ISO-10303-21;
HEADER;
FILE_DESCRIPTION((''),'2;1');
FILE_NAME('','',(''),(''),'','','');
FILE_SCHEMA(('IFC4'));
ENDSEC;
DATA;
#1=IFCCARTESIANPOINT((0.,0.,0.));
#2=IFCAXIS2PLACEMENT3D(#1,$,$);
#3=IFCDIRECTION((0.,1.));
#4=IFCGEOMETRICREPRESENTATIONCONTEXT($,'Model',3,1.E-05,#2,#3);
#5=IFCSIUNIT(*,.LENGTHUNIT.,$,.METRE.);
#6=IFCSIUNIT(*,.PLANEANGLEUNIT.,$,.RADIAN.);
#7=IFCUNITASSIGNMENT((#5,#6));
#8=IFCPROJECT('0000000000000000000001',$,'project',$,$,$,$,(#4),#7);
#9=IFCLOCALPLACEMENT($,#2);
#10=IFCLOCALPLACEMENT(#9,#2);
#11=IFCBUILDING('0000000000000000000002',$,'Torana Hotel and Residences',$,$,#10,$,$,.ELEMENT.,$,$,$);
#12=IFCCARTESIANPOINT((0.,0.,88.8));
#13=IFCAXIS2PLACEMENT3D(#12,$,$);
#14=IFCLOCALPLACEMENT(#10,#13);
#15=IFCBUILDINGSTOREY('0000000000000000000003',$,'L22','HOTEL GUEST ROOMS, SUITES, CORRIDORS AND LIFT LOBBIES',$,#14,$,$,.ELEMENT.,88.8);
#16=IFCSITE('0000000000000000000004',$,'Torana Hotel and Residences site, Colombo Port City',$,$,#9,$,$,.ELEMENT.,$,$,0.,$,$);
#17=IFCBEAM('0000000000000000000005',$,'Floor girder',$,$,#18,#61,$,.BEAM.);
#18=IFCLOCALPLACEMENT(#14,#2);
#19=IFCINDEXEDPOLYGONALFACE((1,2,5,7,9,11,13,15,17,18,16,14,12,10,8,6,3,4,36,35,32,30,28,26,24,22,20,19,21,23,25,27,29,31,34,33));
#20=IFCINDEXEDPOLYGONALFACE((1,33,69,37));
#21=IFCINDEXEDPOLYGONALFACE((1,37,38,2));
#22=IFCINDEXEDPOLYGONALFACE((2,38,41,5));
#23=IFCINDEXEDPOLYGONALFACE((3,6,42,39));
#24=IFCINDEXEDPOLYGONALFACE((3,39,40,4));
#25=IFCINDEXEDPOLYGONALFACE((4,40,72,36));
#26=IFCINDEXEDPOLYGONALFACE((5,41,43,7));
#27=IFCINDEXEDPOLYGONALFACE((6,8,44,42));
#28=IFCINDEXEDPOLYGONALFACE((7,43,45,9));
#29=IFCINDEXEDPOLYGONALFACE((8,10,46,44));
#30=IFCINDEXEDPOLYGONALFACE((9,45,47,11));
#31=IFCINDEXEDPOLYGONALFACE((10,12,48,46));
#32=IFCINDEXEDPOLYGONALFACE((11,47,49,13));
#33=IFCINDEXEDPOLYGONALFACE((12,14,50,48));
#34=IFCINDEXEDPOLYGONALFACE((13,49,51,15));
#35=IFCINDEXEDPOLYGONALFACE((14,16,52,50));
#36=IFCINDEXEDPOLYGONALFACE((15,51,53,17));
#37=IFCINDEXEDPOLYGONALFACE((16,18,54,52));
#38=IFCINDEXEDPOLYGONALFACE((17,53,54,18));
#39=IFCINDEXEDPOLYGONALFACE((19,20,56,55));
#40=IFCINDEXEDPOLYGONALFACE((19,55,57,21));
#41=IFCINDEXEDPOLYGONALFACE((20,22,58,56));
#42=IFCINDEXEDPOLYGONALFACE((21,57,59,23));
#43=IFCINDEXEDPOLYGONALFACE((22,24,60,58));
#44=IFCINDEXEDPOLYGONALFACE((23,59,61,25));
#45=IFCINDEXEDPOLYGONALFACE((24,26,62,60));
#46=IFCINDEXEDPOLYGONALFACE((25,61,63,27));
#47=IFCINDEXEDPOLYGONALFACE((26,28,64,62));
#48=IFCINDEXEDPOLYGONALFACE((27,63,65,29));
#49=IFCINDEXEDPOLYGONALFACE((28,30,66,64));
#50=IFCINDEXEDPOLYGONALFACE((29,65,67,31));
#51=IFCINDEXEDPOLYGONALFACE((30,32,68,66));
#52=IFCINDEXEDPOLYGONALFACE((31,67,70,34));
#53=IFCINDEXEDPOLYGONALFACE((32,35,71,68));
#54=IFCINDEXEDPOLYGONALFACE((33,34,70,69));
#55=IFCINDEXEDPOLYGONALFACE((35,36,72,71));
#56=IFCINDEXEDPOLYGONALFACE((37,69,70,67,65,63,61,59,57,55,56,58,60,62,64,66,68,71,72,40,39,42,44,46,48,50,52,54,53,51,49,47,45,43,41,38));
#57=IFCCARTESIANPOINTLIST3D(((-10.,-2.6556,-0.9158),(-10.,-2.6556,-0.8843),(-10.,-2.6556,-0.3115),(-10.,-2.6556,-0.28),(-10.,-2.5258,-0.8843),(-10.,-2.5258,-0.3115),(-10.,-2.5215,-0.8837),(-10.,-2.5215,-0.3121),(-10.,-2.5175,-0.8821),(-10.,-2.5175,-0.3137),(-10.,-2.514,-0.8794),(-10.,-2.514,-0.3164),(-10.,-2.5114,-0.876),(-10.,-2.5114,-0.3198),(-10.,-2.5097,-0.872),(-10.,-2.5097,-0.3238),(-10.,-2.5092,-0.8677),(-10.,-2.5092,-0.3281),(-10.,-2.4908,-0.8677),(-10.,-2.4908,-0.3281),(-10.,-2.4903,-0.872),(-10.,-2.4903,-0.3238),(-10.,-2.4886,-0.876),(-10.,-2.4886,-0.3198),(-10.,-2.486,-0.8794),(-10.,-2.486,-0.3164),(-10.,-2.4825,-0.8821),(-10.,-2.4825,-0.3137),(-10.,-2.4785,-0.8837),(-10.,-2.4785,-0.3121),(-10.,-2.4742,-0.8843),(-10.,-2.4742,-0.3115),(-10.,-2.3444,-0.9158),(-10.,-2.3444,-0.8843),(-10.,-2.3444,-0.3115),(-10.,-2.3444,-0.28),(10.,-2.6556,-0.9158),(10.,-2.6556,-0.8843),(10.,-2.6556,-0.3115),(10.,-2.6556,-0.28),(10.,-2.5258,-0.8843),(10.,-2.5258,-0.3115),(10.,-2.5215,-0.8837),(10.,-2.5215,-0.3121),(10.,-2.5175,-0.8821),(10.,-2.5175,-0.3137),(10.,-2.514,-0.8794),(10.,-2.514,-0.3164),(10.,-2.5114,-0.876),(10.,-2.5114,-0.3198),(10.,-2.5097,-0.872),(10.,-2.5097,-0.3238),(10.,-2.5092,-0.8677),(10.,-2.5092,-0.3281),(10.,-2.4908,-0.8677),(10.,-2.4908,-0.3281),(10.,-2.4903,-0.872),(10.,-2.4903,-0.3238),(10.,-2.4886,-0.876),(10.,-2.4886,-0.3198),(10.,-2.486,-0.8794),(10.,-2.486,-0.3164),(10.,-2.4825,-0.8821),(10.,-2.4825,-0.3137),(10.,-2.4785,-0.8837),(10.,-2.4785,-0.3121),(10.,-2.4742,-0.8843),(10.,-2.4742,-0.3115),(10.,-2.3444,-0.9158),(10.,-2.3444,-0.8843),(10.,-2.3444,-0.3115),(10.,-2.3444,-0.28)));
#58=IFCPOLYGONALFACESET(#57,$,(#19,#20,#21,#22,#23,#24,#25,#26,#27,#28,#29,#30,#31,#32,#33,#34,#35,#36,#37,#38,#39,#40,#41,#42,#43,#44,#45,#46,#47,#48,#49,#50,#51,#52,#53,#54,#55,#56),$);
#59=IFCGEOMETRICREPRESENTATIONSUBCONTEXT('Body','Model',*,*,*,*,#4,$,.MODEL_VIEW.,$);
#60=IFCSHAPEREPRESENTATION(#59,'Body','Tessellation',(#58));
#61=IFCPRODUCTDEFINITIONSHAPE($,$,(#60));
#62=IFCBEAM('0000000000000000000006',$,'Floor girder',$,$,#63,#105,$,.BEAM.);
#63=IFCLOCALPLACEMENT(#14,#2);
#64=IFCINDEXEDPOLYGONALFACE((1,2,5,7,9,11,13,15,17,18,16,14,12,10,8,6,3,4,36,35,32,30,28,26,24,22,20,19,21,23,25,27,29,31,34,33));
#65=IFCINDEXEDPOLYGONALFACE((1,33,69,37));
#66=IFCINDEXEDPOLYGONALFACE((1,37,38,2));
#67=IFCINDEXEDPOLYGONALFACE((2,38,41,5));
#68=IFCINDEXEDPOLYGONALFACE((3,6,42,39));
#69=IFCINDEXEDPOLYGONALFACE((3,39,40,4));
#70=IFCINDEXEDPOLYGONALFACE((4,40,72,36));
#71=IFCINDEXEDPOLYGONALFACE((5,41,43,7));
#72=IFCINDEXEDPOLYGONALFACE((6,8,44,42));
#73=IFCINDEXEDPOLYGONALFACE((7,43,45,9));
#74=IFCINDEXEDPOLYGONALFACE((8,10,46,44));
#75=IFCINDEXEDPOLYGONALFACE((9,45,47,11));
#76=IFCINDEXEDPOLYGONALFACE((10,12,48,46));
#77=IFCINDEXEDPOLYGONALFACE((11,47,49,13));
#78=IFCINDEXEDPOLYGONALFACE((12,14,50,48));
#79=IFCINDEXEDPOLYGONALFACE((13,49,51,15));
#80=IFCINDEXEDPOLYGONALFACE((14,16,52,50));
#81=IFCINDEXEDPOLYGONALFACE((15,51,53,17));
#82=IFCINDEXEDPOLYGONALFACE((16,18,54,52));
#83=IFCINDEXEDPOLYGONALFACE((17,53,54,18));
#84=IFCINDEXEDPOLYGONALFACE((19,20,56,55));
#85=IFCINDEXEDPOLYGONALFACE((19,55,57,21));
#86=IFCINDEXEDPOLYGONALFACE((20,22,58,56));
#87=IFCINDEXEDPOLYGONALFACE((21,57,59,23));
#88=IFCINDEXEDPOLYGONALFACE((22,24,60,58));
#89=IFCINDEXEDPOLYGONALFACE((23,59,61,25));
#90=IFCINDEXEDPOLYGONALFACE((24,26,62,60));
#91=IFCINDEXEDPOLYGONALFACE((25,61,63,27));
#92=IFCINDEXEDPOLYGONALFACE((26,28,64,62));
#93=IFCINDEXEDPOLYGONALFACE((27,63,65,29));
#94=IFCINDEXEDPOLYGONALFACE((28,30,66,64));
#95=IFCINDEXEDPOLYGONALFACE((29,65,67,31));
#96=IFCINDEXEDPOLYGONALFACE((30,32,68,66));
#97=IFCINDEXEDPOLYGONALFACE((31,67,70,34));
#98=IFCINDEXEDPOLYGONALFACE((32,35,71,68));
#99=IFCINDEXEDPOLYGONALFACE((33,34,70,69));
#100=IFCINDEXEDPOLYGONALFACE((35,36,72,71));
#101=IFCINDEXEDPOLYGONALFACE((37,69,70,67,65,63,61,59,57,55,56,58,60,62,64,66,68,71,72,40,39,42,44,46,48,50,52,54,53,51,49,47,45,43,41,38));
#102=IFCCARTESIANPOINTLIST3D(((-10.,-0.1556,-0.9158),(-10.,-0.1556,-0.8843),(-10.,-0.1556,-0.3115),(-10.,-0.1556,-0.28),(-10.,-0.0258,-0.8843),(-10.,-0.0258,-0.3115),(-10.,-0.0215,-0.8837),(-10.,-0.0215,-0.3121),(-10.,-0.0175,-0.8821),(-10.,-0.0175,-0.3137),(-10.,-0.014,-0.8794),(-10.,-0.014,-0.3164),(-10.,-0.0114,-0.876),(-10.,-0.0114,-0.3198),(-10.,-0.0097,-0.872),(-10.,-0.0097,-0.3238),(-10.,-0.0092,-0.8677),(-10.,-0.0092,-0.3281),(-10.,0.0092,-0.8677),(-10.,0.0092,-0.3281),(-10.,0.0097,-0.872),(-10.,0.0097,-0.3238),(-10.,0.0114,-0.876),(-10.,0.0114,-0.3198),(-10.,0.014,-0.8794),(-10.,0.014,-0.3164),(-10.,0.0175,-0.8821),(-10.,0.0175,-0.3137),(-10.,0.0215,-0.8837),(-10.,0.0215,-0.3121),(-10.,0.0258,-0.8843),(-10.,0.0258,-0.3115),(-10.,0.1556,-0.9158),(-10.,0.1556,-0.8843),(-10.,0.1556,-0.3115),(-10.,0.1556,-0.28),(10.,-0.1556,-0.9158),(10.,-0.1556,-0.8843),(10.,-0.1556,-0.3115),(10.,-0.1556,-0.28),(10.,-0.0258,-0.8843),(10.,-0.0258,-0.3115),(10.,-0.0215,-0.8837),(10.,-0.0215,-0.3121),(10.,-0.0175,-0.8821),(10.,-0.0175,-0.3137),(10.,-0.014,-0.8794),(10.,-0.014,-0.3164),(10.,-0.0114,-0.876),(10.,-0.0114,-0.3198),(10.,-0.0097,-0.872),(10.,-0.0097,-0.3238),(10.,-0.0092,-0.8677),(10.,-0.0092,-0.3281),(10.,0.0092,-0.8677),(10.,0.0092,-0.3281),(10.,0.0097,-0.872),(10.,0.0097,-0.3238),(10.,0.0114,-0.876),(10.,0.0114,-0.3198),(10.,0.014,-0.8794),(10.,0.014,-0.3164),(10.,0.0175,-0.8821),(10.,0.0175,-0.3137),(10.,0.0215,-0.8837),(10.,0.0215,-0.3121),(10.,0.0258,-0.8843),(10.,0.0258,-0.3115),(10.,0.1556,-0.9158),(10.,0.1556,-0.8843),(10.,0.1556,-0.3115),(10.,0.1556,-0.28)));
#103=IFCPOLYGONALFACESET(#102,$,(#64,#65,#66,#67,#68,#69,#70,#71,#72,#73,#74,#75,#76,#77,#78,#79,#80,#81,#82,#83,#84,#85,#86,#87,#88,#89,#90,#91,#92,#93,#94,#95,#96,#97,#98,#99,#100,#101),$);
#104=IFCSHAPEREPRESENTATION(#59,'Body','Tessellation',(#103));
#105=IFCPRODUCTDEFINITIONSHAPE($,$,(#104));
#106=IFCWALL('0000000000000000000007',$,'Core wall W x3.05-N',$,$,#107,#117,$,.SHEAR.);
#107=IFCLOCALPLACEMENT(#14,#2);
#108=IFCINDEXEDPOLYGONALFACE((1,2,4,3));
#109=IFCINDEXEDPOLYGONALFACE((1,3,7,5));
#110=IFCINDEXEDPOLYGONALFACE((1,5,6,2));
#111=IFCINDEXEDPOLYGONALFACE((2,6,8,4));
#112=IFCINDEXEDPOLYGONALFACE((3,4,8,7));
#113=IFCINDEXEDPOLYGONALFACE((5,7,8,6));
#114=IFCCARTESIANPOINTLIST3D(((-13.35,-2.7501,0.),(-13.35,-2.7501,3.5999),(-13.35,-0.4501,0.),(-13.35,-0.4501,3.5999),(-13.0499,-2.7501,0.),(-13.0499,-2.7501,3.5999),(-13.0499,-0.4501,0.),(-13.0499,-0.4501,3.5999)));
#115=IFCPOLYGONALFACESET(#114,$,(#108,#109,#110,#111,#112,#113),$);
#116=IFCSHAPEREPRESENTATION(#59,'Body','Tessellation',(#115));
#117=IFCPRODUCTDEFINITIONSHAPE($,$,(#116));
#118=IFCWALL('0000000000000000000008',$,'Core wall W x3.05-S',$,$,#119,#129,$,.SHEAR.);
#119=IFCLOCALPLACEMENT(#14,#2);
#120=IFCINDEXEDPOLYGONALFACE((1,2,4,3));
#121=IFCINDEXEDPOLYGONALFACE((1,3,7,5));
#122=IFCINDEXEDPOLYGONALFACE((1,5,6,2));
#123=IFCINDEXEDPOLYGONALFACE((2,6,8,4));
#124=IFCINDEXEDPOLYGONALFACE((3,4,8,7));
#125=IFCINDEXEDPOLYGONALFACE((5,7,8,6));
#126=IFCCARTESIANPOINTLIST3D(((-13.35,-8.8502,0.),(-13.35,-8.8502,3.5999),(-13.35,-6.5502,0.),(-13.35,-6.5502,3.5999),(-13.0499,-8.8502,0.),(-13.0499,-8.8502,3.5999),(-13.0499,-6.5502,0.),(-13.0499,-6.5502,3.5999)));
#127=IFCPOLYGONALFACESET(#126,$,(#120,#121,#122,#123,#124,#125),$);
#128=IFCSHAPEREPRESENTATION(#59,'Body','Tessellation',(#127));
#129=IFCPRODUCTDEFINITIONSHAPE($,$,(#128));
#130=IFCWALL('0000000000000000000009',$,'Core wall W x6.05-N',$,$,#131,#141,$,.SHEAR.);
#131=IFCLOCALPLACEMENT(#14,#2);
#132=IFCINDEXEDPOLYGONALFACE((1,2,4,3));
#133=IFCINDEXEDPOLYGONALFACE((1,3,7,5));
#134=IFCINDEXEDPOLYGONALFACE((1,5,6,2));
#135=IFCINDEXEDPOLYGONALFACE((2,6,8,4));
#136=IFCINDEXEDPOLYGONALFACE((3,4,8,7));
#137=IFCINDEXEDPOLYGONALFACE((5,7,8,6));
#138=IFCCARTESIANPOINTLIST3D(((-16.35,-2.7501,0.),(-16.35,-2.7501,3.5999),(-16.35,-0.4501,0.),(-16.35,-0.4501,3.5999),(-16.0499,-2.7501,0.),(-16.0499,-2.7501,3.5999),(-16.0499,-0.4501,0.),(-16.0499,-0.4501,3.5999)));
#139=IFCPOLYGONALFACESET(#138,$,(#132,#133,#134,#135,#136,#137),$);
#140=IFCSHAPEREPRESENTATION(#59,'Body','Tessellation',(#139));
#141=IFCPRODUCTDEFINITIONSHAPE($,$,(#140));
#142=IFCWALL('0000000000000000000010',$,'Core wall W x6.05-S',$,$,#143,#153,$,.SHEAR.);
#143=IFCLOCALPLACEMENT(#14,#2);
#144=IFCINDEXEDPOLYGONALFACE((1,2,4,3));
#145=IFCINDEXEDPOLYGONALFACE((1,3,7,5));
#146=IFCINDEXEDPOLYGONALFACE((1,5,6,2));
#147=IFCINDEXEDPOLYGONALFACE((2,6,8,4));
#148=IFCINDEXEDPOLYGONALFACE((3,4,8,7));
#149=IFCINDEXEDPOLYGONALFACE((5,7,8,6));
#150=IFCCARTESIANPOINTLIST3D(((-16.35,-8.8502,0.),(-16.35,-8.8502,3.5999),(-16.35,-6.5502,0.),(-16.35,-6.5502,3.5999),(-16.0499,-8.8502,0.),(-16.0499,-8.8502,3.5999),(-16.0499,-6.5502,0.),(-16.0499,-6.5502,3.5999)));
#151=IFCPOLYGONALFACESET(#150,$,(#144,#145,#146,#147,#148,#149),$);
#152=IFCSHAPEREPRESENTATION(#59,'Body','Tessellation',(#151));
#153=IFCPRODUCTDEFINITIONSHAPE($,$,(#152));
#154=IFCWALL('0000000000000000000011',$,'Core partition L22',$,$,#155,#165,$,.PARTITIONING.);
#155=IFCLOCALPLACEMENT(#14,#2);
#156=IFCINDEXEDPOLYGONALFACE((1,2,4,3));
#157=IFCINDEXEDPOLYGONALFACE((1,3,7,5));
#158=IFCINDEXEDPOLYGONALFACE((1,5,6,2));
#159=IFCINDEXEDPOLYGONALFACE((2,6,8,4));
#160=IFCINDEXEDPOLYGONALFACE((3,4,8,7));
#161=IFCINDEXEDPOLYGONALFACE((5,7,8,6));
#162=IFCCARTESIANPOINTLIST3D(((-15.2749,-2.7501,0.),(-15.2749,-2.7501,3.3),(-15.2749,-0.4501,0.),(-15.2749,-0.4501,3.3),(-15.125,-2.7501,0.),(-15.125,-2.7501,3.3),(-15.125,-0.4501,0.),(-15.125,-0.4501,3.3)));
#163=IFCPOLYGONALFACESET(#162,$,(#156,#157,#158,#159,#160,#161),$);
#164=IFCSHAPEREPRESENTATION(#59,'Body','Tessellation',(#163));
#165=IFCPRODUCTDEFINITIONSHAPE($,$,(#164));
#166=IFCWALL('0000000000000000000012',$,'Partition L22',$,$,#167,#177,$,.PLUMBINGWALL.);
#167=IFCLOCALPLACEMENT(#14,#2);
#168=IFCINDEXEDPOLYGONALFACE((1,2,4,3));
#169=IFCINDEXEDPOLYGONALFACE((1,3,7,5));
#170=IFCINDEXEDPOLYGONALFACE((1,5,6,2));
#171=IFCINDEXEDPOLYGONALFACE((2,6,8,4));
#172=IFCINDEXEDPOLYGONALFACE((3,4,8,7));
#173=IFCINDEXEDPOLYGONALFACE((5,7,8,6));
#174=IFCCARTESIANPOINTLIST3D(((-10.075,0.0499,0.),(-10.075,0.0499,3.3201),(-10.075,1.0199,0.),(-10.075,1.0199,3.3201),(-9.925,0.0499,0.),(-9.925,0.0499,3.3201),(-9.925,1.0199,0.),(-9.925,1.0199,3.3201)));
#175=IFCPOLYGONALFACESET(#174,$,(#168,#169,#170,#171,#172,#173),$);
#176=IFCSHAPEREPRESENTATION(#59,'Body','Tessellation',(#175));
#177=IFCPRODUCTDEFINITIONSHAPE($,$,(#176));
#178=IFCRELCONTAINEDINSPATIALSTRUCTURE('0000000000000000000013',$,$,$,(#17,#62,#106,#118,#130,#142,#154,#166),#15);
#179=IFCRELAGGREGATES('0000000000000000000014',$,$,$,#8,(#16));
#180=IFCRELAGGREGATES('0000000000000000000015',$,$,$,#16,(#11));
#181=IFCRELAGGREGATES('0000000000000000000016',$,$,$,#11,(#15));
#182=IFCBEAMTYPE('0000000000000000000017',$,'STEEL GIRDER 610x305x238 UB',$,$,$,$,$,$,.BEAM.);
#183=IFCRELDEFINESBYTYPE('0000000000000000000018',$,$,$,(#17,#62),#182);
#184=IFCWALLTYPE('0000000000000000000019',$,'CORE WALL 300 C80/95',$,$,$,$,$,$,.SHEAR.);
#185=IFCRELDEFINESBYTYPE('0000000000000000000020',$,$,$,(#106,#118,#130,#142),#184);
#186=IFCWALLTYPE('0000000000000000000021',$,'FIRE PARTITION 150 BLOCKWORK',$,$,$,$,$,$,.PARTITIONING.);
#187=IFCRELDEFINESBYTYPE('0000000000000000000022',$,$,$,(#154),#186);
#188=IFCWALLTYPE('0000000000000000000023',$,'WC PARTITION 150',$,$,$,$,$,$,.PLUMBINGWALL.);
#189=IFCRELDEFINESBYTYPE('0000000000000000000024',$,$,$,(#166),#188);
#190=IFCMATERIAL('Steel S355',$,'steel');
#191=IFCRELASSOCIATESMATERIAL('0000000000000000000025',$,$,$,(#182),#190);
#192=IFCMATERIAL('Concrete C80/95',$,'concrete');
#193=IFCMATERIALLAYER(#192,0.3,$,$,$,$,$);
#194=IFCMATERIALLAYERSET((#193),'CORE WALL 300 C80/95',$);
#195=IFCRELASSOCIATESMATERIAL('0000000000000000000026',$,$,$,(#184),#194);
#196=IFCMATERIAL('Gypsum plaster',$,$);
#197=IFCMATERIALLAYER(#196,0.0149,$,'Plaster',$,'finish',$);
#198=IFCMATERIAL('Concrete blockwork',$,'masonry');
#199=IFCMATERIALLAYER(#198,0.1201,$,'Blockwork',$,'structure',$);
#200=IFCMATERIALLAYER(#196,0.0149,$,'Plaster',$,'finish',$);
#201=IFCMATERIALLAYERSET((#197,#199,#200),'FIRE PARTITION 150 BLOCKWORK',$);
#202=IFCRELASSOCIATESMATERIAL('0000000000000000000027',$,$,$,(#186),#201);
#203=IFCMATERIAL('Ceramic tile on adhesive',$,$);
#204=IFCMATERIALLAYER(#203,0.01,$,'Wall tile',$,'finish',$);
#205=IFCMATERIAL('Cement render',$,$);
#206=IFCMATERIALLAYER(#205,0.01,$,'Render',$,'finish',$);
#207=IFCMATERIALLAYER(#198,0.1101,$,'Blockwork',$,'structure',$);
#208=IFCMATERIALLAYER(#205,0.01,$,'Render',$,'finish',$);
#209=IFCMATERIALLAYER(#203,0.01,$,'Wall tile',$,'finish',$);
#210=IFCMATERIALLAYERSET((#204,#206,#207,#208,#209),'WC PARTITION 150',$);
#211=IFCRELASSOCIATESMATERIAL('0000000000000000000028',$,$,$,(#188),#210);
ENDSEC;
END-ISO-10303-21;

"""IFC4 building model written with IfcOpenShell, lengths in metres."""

from ifc_helpers import new_model, si_unit, direction, frame, frame_2d, origin, origin_2d, place, context, subcontext, project, spatial, rectangle, i_section, extrude, material, layer, layer_set, material_profile, profile_set, type_object, element, save


model = new_model("IFC4")

# Units and contexts
model_context = context("Model", 3, precision=1e-05, world=origin(), true_north=direction((0.0, 1.0)))
body_context = subcontext(model_context, "Body", "Model", "MODEL_VIEW")
ifc_project = project(units=[si_unit("LENGTHUNIT", "METRE"), si_unit("PLANEANGLEUNIT", "RADIAN")], contexts=[model_context])

# Site, building, storey
site_placement = place(None, origin())
site = spatial("IfcSite", under=ifc_project, at=site_placement, Name="Torana Hotel and Residences site, Colombo Port City", CompositionType="ELEMENT", RefElevation=0.0)
building_placement = place(site_placement, origin())
building = spatial("IfcBuilding", under=site, at=building_placement, Name="Torana Hotel and Residences", CompositionType="ELEMENT")
storey_placement = place(building_placement, frame((0.0, 0.0, 88.8)))
storey = spatial("IfcBuildingStorey", under=building, at=storey_placement, Name="L22", Description="HOTEL GUEST ROOMS, SUITES, CORRIDORS AND LIFT LOBBIES", CompositionType="ELEMENT", Elevation=88.8)

# Beams
ifc_material_1 = material(Name="Steel S355", Category="steel")
ifc_material_profile = material_profile(ifc_material_1, i_section(OverallWidth=0.3113, OverallDepth=0.6357, WebThickness=0.0183, FlangeThickness=0.0315, FilletRadius=0.0166, at=origin_2d()), Name="610x305x238 UB")
ifc_profile_set = profile_set([ifc_material_profile], Name="Steel S355")
beam_type = type_object("IfcBeamType", Name="STEEL GIRDER 610x305x238 UB", PredefinedType="BEAM", material=ifc_profile_set)
for number, where, z_axis, x_axis, name in (
    (1, (-10.0, -2.5, -0.5979), (1.0, 0.0, 0.0), (0.0, 1.0, 0.0), "Floor girder"),
    (2, (-10.0, 0.0, -0.5979), (1.0, 0.0, 0.0), (0.0, 1.0, 0.0), "Floor girder"),
):
    element("IfcBeam", number, at=place(storey_placement, frame(where, z_axis=z_axis, x_axis=x_axis)), inside=storey, type_object=beam_type, Name=name, PredefinedType="BEAM", context=body_context, shape_type="SweptSolid", body=[
        extrude(i_section(OverallWidth=0.3113, OverallDepth=0.6357, WebThickness=0.0183, FlangeThickness=0.0315, FilletRadius=0.0166, at=origin_2d()), origin(), (0.0, 0.0, 1.0), 20.0),
    ])

# Walls
ifc_material_2 = material(Name="Concrete C80/95", Category="concrete")
ifc_layer_1 = layer(ifc_material_2, 0.3)
ifc_layer_set_1 = layer_set([ifc_layer_1], Name="CORE WALL 300 C80/95")
wall_type_1 = type_object("IfcWallType", Name="CORE WALL 300 C80/95", PredefinedType="SHEAR", material=ifc_layer_set_1)
for number, where, z_axis, x_axis, name in (
    (3, (-13.2, -2.75, 0.0), (0.0, 0.0, 1.0), (0.0, 1.0, 0.0), "Core wall W x3.05-N"),
    (4, (-13.2, -8.8501, 0.0), (0.0, 0.0, 1.0), (0.0, 1.0, 0.0), "Core wall W x3.05-S"),
    (5, (-16.2, -2.75, 0.0), (0.0, 0.0, 1.0), (0.0, 1.0, 0.0), "Core wall W x6.05-N"),
    (6, (-16.2, -8.8501, 0.0), (0.0, 0.0, 1.0), (0.0, 1.0, 0.0), "Core wall W x6.05-S"),
):
    element("IfcWall", number, at=place(storey_placement, frame(where, z_axis=z_axis, x_axis=x_axis)), inside=storey, type_object=wall_type_1, Name=name, PredefinedType="SHEAR", context=body_context, shape_type="SweptSolid", body=[
        extrude(rectangle(XDim=2.3, YDim=0.3, at=frame_2d((1.1499, 0.0))), origin(), (0.0, 0.0, 1.0), 3.5999),
    ])

# Walls
ifc_material_3 = material(Name="Gypsum plaster")
ifc_layer_2 = layer(ifc_material_3, 0.0149, Name="Plaster", Category="finish")
ifc_material_4 = material(Name="Concrete blockwork", Category="masonry")
ifc_layer_3 = layer(ifc_material_4, 0.1201, Name="Blockwork", Category="structure")
ifc_layer_4 = layer(ifc_material_3, 0.0149, Name="Plaster", Category="finish")
ifc_layer_set_2 = layer_set([ifc_layer_2, ifc_layer_3, ifc_layer_4], Name="FIRE PARTITION 150 BLOCKWORK")
wall_type_2 = type_object("IfcWallType", Name="FIRE PARTITION 150 BLOCKWORK", PredefinedType="PARTITIONING", material=ifc_layer_set_2)
wall_1_placement = place(storey_placement, frame((-15.2, -2.75, 0.0), z_axis=(0.0, 0.0, 1.0), x_axis=(0.0, 1.0, 0.0)))
element("IfcWall", 7, at=wall_1_placement, inside=storey, type_object=wall_type_2, Name="Core partition L22", PredefinedType="PARTITIONING", context=body_context, shape_type="SweptSolid", body=[
    extrude(rectangle(XDim=2.3, YDim=0.1499, at=frame_2d((1.1499, 0.0))), origin(), (0.0, 0.0, 1.0), 3.3),
])
ifc_material_5 = material(Name="Ceramic tile on adhesive")
ifc_layer_5 = layer(ifc_material_5, 0.01, Name="Wall tile", Category="finish")
ifc_material_6 = material(Name="Cement render")
ifc_layer_6 = layer(ifc_material_6, 0.01, Name="Render", Category="finish")
ifc_layer_7 = layer(ifc_material_4, 0.1101, Name="Blockwork", Category="structure")
ifc_layer_8 = layer(ifc_material_6, 0.01, Name="Render", Category="finish")
ifc_layer_9 = layer(ifc_material_5, 0.01, Name="Wall tile", Category="finish")
ifc_layer_set_3 = layer_set([ifc_layer_5, ifc_layer_6, ifc_layer_7, ifc_layer_8, ifc_layer_9], Name="WC PARTITION 150")
wall_type_3 = type_object("IfcWallType", Name="WC PARTITION 150", PredefinedType="PLUMBINGWALL", material=ifc_layer_set_3)
wall_2_placement = place(storey_placement, frame((-10.0, 0.05, 0.0), z_axis=(0.0, 0.0, 1.0), x_axis=(0.0, 1.0, 0.0)))
element("IfcWall", 8, at=wall_2_placement, inside=storey, type_object=wall_type_3, Name="Partition L22", PredefinedType="PLUMBINGWALL", context=body_context, shape_type="SweptSolid", body=[
    extrude(rectangle(XDim=0.97, YDim=0.1499, at=frame_2d((0.4849, 0.0))), origin(), (0.0, 0.0, 1.0), 3.3201),
])

save(model, "model.ifc")
